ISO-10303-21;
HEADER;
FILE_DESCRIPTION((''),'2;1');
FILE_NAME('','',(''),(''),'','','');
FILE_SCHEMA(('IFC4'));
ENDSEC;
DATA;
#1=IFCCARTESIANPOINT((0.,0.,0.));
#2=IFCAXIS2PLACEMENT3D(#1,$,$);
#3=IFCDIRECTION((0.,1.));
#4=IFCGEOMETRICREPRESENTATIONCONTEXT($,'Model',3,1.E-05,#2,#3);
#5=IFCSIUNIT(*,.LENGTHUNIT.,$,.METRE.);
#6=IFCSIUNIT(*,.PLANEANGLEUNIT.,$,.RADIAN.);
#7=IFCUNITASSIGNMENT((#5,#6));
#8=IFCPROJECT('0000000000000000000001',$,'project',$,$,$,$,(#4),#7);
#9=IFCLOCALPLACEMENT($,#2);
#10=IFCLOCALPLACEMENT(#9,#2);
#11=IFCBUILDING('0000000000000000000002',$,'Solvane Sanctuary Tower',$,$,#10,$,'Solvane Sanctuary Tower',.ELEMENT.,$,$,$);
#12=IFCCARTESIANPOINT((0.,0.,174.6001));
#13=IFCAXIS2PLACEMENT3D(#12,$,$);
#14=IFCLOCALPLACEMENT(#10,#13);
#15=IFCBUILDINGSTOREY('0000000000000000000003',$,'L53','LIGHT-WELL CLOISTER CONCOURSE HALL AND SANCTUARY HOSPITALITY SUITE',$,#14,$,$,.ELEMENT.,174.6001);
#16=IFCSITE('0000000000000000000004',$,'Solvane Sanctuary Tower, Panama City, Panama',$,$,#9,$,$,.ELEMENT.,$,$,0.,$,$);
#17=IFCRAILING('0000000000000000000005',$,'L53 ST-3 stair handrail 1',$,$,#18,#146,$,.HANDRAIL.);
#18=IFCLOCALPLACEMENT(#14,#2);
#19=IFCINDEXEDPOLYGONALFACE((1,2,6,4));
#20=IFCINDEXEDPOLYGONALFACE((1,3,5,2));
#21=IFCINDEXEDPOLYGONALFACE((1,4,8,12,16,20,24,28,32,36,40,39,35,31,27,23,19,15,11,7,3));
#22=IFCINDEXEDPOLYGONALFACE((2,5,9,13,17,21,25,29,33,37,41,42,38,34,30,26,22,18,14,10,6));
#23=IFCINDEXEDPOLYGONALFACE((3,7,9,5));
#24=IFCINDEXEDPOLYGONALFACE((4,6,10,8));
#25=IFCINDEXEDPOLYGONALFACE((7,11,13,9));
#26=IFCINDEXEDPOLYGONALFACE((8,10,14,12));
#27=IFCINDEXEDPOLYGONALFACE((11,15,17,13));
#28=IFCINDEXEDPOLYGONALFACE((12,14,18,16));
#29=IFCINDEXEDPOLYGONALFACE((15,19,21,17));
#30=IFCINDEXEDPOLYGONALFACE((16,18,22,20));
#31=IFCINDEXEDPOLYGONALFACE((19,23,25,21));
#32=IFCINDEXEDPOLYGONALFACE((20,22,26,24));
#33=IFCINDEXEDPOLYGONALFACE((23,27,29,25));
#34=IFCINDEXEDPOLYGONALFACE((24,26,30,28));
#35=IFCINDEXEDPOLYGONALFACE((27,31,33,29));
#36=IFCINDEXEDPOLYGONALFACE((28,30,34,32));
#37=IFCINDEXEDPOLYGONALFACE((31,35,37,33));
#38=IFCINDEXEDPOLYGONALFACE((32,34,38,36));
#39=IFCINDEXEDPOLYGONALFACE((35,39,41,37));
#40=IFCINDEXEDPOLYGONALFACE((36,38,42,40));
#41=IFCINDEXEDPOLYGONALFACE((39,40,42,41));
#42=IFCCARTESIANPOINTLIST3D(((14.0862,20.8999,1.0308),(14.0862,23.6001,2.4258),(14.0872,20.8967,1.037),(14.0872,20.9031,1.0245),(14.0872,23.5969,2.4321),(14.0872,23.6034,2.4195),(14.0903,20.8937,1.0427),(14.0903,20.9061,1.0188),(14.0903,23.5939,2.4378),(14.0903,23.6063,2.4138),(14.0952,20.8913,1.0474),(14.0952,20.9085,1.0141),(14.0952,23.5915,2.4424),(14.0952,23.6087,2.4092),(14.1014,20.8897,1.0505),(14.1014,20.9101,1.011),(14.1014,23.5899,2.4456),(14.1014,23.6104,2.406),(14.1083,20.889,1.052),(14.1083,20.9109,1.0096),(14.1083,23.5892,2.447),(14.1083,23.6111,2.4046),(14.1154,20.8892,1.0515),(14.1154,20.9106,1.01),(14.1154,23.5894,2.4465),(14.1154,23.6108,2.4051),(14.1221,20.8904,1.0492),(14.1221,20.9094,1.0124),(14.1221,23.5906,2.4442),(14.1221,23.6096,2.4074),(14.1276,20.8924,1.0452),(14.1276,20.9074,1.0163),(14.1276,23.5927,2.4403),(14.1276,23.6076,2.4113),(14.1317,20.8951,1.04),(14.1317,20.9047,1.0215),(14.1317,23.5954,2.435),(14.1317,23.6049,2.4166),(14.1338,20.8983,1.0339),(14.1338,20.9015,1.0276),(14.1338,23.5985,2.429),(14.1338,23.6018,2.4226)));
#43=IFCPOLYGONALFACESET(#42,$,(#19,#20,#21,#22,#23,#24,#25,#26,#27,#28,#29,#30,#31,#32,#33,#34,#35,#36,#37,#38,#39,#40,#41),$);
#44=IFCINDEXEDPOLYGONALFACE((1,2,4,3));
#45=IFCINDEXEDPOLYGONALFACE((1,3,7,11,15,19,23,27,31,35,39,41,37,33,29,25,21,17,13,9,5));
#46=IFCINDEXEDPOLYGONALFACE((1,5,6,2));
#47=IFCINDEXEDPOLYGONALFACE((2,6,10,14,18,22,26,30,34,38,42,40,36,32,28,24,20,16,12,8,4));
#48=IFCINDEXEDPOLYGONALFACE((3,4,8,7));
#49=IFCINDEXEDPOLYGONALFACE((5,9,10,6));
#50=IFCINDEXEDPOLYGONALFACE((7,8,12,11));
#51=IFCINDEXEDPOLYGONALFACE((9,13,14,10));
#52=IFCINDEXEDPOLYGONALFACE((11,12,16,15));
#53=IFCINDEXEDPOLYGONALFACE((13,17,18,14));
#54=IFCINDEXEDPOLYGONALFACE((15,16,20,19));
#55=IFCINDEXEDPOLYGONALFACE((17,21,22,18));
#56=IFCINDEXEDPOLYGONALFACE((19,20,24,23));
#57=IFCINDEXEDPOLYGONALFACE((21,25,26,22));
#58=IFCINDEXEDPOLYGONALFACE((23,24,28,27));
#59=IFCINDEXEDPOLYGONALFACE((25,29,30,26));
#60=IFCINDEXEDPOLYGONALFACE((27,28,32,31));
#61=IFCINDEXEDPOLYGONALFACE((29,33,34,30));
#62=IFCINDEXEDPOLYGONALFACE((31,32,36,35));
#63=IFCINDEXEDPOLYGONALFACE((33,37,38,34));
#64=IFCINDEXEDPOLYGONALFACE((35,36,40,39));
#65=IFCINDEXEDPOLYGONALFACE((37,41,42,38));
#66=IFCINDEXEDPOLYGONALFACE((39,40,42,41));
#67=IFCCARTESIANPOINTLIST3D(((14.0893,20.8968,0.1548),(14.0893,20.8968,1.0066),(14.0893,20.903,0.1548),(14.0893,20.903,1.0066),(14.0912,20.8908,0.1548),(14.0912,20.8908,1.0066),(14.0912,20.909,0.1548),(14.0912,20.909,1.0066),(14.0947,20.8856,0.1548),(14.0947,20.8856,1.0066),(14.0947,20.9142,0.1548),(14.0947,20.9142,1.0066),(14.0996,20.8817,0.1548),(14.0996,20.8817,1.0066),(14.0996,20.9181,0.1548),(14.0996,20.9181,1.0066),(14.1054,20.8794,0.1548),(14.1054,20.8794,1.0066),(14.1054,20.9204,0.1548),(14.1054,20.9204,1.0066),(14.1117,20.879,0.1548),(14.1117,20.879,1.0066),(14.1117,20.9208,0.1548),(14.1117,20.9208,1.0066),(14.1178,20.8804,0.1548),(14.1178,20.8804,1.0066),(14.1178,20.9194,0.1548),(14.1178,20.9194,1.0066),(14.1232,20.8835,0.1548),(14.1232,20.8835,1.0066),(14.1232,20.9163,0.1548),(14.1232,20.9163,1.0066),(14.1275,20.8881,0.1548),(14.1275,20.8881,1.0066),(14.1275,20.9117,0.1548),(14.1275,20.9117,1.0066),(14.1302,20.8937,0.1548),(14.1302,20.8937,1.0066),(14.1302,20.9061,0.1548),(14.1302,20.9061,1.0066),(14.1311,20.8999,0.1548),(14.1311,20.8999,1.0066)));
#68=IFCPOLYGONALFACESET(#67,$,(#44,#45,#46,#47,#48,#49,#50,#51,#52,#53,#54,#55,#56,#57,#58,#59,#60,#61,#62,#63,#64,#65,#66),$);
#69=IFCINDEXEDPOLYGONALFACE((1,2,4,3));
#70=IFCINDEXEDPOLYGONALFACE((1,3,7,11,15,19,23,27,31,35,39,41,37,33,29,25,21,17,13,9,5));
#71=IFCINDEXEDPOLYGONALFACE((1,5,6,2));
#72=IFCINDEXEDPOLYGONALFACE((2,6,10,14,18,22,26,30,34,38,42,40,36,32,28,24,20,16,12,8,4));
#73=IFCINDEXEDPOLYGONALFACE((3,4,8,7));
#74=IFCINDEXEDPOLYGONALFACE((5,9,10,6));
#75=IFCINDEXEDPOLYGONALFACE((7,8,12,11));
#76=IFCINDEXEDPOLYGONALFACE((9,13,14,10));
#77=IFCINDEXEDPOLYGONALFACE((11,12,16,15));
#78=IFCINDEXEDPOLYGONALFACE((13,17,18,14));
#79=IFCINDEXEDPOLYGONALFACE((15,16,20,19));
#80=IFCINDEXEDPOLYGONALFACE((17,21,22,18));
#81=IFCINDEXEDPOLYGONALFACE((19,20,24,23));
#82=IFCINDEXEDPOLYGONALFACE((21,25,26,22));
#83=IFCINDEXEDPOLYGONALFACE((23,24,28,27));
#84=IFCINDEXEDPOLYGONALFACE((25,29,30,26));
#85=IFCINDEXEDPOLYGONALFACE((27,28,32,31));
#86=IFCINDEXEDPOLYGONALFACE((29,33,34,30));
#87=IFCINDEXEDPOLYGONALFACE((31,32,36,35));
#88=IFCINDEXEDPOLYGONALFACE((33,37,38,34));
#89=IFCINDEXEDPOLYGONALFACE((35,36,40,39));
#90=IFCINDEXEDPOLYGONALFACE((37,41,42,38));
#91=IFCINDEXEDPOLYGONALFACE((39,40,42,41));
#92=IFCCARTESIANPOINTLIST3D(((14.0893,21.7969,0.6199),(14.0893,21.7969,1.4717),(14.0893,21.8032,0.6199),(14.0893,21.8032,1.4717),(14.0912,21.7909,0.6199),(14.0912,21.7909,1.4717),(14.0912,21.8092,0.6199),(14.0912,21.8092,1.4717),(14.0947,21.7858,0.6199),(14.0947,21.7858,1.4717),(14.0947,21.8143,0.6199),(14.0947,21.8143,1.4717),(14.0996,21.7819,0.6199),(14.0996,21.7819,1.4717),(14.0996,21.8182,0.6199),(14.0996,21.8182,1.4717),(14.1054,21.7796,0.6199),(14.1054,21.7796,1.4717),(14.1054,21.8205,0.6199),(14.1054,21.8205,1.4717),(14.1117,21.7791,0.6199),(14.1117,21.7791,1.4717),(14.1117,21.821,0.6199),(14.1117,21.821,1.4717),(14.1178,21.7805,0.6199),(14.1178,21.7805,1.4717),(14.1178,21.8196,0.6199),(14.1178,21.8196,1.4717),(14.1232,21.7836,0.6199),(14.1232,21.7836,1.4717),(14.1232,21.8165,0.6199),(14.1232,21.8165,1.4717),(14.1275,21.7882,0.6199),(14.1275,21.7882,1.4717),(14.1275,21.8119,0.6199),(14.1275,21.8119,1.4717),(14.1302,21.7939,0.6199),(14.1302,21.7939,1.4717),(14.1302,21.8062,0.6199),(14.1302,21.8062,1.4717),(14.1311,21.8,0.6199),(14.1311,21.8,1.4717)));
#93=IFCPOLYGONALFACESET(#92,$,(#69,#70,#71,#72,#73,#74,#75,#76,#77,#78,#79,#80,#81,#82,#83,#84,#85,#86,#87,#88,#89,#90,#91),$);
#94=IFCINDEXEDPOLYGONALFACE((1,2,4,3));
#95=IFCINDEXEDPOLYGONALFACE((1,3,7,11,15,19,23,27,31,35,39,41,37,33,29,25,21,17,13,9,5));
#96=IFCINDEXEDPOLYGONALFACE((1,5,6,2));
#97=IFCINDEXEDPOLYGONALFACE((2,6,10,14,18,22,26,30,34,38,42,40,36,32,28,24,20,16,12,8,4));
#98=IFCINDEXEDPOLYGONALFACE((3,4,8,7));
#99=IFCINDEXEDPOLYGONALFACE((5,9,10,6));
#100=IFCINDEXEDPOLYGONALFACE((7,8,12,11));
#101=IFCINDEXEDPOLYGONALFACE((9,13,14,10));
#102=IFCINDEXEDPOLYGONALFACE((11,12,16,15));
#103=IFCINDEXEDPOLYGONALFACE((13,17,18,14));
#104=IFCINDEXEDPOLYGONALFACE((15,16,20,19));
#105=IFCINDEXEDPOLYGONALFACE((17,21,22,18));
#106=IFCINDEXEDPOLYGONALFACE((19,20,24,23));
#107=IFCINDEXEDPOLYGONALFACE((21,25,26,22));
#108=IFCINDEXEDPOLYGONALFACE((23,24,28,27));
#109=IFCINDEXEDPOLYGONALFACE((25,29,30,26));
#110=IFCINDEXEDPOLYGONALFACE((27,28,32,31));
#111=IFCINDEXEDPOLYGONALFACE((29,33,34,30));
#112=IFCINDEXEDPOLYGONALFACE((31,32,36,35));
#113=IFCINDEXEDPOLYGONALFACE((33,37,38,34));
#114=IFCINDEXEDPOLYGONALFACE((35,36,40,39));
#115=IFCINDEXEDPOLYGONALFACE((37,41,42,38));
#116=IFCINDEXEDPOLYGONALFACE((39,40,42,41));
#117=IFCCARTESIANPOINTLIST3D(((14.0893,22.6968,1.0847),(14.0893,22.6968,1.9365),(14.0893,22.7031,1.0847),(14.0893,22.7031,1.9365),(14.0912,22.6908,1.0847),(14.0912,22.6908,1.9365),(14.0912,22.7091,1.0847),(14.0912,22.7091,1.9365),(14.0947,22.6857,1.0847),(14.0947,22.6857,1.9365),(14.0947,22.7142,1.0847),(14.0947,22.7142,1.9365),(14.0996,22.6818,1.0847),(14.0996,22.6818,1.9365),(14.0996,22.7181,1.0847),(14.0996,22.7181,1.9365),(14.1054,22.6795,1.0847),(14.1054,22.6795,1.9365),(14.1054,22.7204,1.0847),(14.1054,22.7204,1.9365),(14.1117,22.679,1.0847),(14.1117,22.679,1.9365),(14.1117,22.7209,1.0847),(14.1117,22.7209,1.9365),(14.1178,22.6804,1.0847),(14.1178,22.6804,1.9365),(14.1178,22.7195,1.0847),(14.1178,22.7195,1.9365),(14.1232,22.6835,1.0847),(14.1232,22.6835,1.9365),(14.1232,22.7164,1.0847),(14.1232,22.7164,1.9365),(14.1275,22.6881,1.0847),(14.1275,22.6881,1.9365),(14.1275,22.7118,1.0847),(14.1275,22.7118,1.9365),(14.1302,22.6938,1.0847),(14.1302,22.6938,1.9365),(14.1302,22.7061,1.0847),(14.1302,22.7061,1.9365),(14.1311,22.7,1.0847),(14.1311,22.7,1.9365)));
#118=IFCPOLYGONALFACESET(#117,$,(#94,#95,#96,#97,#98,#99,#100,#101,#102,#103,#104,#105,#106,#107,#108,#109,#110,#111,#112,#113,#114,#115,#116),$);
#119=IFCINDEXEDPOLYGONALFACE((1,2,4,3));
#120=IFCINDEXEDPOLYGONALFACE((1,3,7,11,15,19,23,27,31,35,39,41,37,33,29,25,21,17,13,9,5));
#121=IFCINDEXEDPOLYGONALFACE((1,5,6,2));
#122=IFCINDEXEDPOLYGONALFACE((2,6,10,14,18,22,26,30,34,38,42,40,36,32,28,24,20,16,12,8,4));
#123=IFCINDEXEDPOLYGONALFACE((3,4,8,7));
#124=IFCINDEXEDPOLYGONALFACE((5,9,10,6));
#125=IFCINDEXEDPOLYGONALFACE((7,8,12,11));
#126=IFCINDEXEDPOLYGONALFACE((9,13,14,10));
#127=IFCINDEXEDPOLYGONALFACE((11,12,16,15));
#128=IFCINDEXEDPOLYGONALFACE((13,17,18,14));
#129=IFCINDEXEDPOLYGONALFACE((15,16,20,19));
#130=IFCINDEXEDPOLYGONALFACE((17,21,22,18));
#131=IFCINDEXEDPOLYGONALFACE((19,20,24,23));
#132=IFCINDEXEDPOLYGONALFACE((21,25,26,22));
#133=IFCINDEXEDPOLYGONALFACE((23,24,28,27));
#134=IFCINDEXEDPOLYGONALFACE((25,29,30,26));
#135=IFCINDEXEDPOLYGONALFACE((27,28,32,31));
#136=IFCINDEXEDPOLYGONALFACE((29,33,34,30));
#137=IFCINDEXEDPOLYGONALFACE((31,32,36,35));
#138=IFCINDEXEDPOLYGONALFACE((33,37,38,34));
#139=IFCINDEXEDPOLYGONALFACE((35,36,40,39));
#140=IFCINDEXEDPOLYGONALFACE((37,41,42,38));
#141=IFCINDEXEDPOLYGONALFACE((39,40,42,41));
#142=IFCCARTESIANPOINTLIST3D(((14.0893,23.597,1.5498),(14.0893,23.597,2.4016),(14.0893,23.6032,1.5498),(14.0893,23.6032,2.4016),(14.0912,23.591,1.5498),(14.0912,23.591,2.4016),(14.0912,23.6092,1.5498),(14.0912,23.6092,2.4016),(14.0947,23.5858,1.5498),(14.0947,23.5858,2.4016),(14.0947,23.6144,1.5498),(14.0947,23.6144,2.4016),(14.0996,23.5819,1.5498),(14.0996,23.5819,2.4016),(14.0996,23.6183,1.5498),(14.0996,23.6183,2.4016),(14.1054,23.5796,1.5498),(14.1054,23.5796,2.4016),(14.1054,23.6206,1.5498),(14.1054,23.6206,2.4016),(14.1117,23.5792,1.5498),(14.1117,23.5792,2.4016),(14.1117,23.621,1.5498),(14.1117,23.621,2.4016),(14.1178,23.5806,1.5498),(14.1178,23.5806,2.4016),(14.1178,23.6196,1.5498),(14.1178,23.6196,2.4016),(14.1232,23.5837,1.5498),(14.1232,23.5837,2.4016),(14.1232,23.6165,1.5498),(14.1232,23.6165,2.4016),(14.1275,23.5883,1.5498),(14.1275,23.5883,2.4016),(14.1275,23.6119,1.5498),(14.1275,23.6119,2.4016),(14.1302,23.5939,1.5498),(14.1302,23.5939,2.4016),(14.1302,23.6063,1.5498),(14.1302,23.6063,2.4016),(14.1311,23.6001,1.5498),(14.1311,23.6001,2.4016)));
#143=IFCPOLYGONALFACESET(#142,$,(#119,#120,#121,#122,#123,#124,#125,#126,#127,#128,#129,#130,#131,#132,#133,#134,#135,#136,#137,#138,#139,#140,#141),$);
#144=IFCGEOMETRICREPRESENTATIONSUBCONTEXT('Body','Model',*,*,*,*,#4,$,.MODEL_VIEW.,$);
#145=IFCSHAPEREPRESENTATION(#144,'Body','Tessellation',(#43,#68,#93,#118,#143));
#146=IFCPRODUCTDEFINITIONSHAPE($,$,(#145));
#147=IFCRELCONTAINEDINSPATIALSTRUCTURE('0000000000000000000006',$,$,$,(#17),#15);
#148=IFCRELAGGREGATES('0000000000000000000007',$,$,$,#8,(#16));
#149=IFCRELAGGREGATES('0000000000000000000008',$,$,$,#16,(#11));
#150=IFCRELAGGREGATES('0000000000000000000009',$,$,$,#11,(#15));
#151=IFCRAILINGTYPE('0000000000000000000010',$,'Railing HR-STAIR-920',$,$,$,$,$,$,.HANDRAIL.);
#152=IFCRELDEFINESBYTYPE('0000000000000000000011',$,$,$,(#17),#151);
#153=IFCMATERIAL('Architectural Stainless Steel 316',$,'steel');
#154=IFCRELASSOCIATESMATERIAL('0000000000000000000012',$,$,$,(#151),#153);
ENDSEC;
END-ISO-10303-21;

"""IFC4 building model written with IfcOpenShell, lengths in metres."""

from ifc_helpers import new_model, si_unit, direction, frame, origin, origin_2d, place, context, subcontext, project, spatial, circle, extrude, material, type_object, element, save


model = new_model("IFC4")

# Units and contexts
model_context = context("Model", 3, precision=1e-05, world=origin(), true_north=direction((0.0, 1.0)))
body_context = subcontext(model_context, "Body", "Model", "MODEL_VIEW")
ifc_project = project(units=[si_unit("LENGTHUNIT", "METRE"), si_unit("PLANEANGLEUNIT", "RADIAN")], contexts=[model_context])

# Site, building, storey
site_placement = place(None, origin())
site = spatial("IfcSite", under=ifc_project, at=site_placement, Name="Solvane Sanctuary Tower, Panama City, Panama", CompositionType="ELEMENT", RefElevation=0.0)
building_placement = place(site_placement, origin())
building = spatial("IfcBuilding", under=site, at=building_placement, Name="Solvane Sanctuary Tower", LongName="Solvane Sanctuary Tower", CompositionType="ELEMENT")
storey_placement = place(building_placement, frame((0.0, 0.0, 174.6001)))
storey = spatial("IfcBuildingStorey", under=building, at=storey_placement, Name="L53", Description="LIGHT-WELL CLOISTER CONCOURSE HALL AND SANCTUARY HOSPITALITY SUITE", CompositionType="ELEMENT", Elevation=174.6001)

# Railing
ifc_material_1 = material(Name="Architectural Stainless Steel 316", Category="steel")
railing_type_1 = type_object("IfcRailingType", Name="Railing HR-STAIR-920", PredefinedType="HANDRAIL", material=ifc_material_1)
railing_1_placement = place(storey_placement, frame((14.1101, 20.8999, 0.1548)))
element("IfcRailing", 1, at=railing_1_placement, inside=storey, type_object=railing_type_1, Name="L53 ST-3 stair handrail 1", PredefinedType="HANDRAIL", context=body_context, shape_type="SweptSolid", body=[
    extrude(circle(Radius=0.0239, at=origin_2d()), frame((0.0, 0.0, 0.876), z_axis=(0.0, 0.888437, 0.458999), x_axis=(-1.0, 0.0, 0.0)), (0.0, 0.0, 1.0), 3.0393),
    extrude(circle(Radius=0.021, at=origin_2d()), origin(), (0.0, 0.0, 1.0), 0.8518),
    extrude(circle(Radius=0.021, at=origin_2d()), frame((0.0, 0.9001, 0.4651)), (0.0, 0.0, 1.0), 0.8518),
    extrude(circle(Radius=0.021, at=origin_2d()), frame((0.0, 1.8, 0.9299)), (0.0, 0.0, 1.0), 0.8518),
    extrude(circle(Radius=0.021, at=origin_2d()), frame((0.0, 2.7002, 1.395)), (0.0, 0.0, 1.0), 0.8518),
])

save(model, "model.ifc")
